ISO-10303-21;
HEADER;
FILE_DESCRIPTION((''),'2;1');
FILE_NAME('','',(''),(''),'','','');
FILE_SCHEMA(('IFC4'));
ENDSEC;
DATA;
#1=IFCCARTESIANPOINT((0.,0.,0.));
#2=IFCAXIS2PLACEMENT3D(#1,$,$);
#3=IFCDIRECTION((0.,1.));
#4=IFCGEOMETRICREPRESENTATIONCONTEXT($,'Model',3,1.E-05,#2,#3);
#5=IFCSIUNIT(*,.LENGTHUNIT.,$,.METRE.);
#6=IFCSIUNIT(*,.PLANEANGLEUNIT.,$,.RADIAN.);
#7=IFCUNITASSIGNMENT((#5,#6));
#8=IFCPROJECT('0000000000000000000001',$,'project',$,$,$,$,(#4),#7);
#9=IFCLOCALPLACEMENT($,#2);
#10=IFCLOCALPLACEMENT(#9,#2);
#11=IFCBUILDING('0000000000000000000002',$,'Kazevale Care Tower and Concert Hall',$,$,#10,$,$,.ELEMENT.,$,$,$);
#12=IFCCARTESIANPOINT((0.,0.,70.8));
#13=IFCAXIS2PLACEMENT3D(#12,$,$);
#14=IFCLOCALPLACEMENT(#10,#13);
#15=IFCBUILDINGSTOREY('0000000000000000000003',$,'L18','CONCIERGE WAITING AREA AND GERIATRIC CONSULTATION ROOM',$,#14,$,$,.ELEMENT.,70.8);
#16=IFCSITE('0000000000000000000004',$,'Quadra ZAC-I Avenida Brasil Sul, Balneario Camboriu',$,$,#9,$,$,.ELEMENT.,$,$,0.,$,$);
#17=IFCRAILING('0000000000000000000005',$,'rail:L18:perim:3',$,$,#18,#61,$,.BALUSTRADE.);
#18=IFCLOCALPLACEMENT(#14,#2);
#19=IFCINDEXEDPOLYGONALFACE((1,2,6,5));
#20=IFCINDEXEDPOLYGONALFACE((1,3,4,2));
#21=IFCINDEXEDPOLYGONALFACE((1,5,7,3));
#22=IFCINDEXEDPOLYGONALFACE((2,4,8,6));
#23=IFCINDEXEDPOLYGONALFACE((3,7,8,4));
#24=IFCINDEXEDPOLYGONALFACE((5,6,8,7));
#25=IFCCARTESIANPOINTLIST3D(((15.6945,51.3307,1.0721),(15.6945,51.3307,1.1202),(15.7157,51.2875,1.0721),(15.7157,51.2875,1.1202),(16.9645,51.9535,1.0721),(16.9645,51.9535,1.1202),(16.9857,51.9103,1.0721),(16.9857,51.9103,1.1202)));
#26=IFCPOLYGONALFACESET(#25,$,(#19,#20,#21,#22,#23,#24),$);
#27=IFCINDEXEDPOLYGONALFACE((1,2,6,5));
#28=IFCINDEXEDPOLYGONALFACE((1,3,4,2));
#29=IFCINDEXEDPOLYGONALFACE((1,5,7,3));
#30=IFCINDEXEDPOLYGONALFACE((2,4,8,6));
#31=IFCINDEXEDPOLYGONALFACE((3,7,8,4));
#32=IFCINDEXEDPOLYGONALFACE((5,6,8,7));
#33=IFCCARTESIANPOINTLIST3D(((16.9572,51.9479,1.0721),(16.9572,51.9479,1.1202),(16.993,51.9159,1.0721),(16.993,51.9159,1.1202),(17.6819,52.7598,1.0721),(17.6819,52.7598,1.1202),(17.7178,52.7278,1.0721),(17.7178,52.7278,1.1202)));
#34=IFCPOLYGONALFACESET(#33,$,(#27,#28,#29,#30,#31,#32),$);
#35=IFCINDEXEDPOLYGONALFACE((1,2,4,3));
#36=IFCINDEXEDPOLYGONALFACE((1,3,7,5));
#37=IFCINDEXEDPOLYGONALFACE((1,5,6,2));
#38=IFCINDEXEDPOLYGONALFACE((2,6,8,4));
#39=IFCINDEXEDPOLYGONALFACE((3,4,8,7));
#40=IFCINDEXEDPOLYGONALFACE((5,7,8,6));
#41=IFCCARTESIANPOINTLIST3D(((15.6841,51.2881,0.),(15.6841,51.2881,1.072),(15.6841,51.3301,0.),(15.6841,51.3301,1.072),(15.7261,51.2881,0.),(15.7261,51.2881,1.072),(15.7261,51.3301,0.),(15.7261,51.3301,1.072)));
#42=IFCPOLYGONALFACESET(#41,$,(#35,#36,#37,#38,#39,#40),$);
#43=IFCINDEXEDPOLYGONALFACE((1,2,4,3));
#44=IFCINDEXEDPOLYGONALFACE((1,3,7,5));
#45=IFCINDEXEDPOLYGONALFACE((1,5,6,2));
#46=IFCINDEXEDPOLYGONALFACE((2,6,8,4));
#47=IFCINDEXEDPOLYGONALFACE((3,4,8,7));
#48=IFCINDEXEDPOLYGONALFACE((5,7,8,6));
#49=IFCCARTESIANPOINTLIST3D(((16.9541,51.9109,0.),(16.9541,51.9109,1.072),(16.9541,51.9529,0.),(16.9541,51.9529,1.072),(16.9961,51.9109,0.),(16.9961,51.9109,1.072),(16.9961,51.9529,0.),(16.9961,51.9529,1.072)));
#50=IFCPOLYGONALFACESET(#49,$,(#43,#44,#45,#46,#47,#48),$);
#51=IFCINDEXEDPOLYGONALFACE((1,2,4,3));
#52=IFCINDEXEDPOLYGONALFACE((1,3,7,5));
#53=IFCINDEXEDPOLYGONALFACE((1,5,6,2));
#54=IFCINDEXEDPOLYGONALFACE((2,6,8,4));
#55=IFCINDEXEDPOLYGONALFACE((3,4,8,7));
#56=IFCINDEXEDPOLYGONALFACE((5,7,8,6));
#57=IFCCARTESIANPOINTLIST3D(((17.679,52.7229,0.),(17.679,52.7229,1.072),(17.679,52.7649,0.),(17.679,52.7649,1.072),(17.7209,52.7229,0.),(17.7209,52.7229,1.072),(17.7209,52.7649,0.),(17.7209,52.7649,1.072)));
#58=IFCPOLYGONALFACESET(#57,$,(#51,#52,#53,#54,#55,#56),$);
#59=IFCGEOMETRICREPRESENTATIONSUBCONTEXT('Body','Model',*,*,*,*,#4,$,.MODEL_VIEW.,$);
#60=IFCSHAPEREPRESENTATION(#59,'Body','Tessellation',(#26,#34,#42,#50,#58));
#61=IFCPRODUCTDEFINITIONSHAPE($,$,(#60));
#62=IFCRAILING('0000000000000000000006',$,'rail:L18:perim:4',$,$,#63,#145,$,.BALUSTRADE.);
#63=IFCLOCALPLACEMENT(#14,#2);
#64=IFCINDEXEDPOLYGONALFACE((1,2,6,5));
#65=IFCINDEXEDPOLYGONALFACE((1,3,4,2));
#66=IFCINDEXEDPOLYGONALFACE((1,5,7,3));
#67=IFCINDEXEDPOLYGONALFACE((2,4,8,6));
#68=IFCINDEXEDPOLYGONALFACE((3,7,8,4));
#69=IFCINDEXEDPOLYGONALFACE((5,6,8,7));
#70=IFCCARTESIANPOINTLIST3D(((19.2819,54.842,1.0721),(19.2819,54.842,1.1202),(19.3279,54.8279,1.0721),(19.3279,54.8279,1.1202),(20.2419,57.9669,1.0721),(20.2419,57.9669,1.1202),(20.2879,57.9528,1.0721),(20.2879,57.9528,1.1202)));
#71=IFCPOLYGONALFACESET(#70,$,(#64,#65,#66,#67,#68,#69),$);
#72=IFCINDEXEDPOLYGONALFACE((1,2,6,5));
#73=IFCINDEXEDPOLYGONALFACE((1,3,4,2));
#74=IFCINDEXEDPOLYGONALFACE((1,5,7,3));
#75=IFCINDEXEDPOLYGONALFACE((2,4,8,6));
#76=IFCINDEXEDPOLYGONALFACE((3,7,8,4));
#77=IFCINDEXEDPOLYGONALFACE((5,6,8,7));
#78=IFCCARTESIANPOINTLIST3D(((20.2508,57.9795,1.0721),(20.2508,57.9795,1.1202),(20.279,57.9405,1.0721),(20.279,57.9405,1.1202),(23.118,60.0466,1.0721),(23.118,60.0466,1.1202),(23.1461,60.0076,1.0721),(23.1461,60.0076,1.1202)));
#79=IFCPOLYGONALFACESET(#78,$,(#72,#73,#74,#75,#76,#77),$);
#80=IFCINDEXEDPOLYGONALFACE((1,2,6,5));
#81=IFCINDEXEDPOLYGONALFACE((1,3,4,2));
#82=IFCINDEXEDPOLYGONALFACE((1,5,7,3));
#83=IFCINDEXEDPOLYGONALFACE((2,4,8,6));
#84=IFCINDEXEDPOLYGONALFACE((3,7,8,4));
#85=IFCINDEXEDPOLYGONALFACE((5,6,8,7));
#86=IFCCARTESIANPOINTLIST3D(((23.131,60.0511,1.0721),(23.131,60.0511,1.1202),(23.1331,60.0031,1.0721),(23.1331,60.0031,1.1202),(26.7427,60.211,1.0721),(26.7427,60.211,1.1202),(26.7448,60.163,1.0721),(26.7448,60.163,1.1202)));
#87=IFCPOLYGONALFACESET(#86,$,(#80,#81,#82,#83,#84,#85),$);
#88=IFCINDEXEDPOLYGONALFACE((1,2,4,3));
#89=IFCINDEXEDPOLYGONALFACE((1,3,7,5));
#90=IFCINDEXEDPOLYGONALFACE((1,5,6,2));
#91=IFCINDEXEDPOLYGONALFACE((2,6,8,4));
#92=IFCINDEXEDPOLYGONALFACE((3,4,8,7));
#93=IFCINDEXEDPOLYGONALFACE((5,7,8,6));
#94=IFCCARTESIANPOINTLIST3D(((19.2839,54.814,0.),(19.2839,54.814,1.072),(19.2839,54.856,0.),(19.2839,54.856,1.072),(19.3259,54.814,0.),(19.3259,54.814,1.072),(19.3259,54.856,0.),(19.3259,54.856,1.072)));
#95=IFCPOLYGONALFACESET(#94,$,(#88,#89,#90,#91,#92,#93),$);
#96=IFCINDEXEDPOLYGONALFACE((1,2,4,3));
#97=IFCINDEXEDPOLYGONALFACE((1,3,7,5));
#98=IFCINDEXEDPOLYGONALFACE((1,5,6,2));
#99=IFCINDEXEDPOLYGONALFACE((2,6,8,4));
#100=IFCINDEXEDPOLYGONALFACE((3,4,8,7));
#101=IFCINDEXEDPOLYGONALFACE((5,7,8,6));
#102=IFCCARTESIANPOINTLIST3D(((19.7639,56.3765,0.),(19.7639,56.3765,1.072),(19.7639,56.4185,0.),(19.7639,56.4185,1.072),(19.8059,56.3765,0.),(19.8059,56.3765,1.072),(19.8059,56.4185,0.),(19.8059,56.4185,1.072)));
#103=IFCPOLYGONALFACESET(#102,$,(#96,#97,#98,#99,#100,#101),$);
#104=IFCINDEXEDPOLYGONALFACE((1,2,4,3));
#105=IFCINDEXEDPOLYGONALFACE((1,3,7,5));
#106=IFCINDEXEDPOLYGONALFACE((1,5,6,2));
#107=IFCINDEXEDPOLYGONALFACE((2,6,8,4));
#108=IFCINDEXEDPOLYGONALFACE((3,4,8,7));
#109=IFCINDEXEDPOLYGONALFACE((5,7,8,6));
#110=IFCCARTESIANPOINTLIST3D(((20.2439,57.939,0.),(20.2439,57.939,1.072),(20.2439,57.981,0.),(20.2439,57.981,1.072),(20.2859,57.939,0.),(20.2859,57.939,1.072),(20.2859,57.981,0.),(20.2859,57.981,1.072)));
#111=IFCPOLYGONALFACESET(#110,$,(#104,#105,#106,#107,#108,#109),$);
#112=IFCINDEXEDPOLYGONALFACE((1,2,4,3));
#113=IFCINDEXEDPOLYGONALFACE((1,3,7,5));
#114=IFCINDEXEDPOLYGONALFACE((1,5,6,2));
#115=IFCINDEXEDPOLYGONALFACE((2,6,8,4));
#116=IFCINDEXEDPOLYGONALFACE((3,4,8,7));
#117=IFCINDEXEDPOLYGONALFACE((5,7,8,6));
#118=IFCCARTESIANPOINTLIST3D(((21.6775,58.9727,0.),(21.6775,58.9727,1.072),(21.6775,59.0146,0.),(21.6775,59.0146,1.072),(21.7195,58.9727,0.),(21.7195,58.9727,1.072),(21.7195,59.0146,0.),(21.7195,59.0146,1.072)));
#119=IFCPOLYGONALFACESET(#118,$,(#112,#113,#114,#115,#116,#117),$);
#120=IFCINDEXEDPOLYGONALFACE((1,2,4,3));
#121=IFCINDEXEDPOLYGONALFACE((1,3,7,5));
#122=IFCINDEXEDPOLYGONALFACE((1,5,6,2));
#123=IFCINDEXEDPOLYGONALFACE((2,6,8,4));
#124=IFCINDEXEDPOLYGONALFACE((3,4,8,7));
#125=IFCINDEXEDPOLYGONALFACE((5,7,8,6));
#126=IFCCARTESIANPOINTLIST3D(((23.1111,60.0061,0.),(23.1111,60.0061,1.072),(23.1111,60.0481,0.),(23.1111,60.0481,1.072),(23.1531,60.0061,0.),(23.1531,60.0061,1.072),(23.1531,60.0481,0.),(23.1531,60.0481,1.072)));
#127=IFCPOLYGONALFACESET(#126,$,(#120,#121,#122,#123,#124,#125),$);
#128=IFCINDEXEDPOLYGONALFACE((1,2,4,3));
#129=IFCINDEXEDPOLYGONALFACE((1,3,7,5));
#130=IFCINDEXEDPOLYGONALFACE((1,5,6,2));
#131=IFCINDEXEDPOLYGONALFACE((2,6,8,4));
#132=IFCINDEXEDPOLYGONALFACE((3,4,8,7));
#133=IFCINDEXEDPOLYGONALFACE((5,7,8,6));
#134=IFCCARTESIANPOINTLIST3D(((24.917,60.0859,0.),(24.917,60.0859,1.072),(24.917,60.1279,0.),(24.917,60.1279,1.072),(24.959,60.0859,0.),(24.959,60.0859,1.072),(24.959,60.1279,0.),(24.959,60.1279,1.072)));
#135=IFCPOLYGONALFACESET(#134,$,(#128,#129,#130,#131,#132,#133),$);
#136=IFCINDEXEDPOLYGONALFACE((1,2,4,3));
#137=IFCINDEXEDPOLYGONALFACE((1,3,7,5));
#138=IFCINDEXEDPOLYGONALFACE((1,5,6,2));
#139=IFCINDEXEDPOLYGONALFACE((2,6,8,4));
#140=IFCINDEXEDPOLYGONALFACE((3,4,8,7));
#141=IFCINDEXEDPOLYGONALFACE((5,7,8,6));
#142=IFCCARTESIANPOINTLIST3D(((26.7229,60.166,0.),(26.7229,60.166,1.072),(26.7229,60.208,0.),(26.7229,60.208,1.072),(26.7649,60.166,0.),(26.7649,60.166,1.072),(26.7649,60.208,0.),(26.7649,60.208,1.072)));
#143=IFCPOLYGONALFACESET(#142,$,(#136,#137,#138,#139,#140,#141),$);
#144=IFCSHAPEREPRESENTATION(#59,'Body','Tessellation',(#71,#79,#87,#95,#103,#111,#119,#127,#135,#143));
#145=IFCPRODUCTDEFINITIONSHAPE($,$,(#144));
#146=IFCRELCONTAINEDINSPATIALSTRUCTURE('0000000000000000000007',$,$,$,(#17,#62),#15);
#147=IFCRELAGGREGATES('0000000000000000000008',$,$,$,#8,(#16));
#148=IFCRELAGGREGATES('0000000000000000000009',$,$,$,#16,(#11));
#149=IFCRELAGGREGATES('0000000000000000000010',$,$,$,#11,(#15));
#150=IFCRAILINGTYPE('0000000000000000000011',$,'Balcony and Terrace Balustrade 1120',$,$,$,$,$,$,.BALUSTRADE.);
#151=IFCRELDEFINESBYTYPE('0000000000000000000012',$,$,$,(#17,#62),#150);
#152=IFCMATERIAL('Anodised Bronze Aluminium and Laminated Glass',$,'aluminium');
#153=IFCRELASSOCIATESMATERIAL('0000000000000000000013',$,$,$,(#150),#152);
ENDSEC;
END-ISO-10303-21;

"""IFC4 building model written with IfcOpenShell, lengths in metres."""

from ifc_helpers import new_model, si_unit, direction, frame, origin, origin_2d, place, context, subcontext, project, spatial, rectangle, extrude, material, type_object, element, save


model = new_model("IFC4")

# Units and contexts
model_context = context("Model", 3, precision=1e-05, world=origin(), true_north=direction((0.0, 1.0)))
body_context = subcontext(model_context, "Body", "Model", "MODEL_VIEW")
ifc_project = project(units=[si_unit("LENGTHUNIT", "METRE"), si_unit("PLANEANGLEUNIT", "RADIAN")], contexts=[model_context])

# Site, building, storey
site_placement = place(None, origin())
site = spatial("IfcSite", under=ifc_project, at=site_placement, Name="Quadra ZAC-I Avenida Brasil Sul, Balneario Camboriu", CompositionType="ELEMENT", RefElevation=0.0)
building_placement = place(site_placement, origin())
building = spatial("IfcBuilding", under=site, at=building_placement, Name="Kazevale Care Tower and Concert Hall", CompositionType="ELEMENT")
storey_placement = place(building_placement, frame((0.0, 0.0, 70.8)))
storey = spatial("IfcBuildingStorey", under=building, at=storey_placement, Name="L18", Description="CONCIERGE WAITING AREA AND GERIATRIC CONSULTATION ROOM", CompositionType="ELEMENT", Elevation=70.8)

# Railings
ifc_material_1 = material(Name="Anodised Bronze Aluminium and Laminated Glass", Category="aluminium")
railing_type = type_object("IfcRailingType", Name="Balcony and Terrace Balustrade 1120", PredefinedType="BALUSTRADE", material=ifc_material_1)
railing_1_placement = place(storey_placement, frame((15.7051, 51.3091, 0.0)))
element("IfcRailing", 1, at=railing_1_placement, inside=storey, type_object=railing_type, Name="rail:L18:perim:3", PredefinedType="BALUSTRADE", context=body_context, shape_type="SweptSolid", body=[
    extrude(rectangle(XDim=0.0481, YDim=0.0481, at=origin_2d()), frame((0.0, 0.0, 1.0962), z_axis=(0.897852, 0.440296, 0.0), x_axis=(-0.440296, 0.897852, 0.0)), (0.0, 0.0, 1.0), 1.4146),
    extrude(rectangle(XDim=0.0481, YDim=0.0481, at=origin_2d()), frame((1.27, 0.6228, 1.0962), z_axis=(0.665936, 0.746009, 0.0), x_axis=(-0.746009, 0.665936, 0.0)), (0.0, 0.0, 1.0), 1.0884),
    extrude(rectangle(XDim=0.042, YDim=0.042, at=origin_2d()), origin(), (0.0, 0.0, 1.0), 1.072),
    extrude(rectangle(XDim=0.042, YDim=0.042, at=origin_2d()), frame((1.27, 0.6228, 0.0)), (0.0, 0.0, 1.0), 1.072),
    extrude(rectangle(XDim=0.042, YDim=0.042, at=origin_2d()), frame((1.9949, 1.4348, 0.0)), (0.0, 0.0, 1.0), 1.072),
])
railing_2_placement = place(storey_placement, frame((19.3049, 54.835, 0.0)))
element("IfcRailing", 2, at=railing_2_placement, inside=storey, type_object=railing_type, Name="rail:L18:perim:4", PredefinedType="BALUSTRADE", context=body_context, shape_type="SweptSolid", body=[
    extrude(rectangle(XDim=0.0481, YDim=0.0481, at=origin_2d()), frame((0.0, 0.0, 1.0962), z_axis=(0.293645, 0.955915, 0.0), x_axis=(-0.955915, 0.293645, 0.0)), (0.0, 0.0, 1.0), 3.269),
    extrude(rectangle(XDim=0.0481, YDim=0.0481, at=origin_2d()), frame((0.96, 3.125, 1.0962), z_axis=(0.811163, 0.58482, 0.0), x_axis=(-0.58482, 0.811163, 0.0)), (0.0, 0.0, 1.0), 3.5347),
    extrude(rectangle(XDim=0.0481, YDim=0.0481, at=origin_2d()), frame((3.8271, 5.1921, 1.0962), z_axis=(0.999021, 0.044231, 0.0), x_axis=(-0.044231, 0.999021, 0.0)), (0.0, 0.0, 1.0), 3.6152),
    extrude(rectangle(XDim=0.042, YDim=0.042, at=origin_2d()), origin(), (0.0, 0.0, 1.0), 1.072),
    extrude(rectangle(XDim=0.042, YDim=0.042, at=origin_2d()), frame((0.48, 1.5625, 0.0)), (0.0, 0.0, 1.0), 1.072),
    extrude(rectangle(XDim=0.042, YDim=0.042, at=origin_2d()), frame((0.96, 3.125, 0.0)), (0.0, 0.0, 1.0), 1.072),
    extrude(rectangle(XDim=0.042, YDim=0.042, at=origin_2d()), frame((2.3936, 4.1587, 0.0)), (0.0, 0.0, 1.0), 1.072),
    extrude(rectangle(XDim=0.042, YDim=0.042, at=origin_2d()), frame((3.8271, 5.1921, 0.0)), (0.0, 0.0, 1.0), 1.072),
    extrude(rectangle(XDim=0.042, YDim=0.042, at=origin_2d()), frame((5.6331, 5.272, 0.0)), (0.0, 0.0, 1.0), 1.072),
    extrude(rectangle(XDim=0.042, YDim=0.042, at=origin_2d()), frame((7.439, 5.3521, 0.0)), (0.0, 0.0, 1.0), 1.072),
])

save(model, "model.ifc")
